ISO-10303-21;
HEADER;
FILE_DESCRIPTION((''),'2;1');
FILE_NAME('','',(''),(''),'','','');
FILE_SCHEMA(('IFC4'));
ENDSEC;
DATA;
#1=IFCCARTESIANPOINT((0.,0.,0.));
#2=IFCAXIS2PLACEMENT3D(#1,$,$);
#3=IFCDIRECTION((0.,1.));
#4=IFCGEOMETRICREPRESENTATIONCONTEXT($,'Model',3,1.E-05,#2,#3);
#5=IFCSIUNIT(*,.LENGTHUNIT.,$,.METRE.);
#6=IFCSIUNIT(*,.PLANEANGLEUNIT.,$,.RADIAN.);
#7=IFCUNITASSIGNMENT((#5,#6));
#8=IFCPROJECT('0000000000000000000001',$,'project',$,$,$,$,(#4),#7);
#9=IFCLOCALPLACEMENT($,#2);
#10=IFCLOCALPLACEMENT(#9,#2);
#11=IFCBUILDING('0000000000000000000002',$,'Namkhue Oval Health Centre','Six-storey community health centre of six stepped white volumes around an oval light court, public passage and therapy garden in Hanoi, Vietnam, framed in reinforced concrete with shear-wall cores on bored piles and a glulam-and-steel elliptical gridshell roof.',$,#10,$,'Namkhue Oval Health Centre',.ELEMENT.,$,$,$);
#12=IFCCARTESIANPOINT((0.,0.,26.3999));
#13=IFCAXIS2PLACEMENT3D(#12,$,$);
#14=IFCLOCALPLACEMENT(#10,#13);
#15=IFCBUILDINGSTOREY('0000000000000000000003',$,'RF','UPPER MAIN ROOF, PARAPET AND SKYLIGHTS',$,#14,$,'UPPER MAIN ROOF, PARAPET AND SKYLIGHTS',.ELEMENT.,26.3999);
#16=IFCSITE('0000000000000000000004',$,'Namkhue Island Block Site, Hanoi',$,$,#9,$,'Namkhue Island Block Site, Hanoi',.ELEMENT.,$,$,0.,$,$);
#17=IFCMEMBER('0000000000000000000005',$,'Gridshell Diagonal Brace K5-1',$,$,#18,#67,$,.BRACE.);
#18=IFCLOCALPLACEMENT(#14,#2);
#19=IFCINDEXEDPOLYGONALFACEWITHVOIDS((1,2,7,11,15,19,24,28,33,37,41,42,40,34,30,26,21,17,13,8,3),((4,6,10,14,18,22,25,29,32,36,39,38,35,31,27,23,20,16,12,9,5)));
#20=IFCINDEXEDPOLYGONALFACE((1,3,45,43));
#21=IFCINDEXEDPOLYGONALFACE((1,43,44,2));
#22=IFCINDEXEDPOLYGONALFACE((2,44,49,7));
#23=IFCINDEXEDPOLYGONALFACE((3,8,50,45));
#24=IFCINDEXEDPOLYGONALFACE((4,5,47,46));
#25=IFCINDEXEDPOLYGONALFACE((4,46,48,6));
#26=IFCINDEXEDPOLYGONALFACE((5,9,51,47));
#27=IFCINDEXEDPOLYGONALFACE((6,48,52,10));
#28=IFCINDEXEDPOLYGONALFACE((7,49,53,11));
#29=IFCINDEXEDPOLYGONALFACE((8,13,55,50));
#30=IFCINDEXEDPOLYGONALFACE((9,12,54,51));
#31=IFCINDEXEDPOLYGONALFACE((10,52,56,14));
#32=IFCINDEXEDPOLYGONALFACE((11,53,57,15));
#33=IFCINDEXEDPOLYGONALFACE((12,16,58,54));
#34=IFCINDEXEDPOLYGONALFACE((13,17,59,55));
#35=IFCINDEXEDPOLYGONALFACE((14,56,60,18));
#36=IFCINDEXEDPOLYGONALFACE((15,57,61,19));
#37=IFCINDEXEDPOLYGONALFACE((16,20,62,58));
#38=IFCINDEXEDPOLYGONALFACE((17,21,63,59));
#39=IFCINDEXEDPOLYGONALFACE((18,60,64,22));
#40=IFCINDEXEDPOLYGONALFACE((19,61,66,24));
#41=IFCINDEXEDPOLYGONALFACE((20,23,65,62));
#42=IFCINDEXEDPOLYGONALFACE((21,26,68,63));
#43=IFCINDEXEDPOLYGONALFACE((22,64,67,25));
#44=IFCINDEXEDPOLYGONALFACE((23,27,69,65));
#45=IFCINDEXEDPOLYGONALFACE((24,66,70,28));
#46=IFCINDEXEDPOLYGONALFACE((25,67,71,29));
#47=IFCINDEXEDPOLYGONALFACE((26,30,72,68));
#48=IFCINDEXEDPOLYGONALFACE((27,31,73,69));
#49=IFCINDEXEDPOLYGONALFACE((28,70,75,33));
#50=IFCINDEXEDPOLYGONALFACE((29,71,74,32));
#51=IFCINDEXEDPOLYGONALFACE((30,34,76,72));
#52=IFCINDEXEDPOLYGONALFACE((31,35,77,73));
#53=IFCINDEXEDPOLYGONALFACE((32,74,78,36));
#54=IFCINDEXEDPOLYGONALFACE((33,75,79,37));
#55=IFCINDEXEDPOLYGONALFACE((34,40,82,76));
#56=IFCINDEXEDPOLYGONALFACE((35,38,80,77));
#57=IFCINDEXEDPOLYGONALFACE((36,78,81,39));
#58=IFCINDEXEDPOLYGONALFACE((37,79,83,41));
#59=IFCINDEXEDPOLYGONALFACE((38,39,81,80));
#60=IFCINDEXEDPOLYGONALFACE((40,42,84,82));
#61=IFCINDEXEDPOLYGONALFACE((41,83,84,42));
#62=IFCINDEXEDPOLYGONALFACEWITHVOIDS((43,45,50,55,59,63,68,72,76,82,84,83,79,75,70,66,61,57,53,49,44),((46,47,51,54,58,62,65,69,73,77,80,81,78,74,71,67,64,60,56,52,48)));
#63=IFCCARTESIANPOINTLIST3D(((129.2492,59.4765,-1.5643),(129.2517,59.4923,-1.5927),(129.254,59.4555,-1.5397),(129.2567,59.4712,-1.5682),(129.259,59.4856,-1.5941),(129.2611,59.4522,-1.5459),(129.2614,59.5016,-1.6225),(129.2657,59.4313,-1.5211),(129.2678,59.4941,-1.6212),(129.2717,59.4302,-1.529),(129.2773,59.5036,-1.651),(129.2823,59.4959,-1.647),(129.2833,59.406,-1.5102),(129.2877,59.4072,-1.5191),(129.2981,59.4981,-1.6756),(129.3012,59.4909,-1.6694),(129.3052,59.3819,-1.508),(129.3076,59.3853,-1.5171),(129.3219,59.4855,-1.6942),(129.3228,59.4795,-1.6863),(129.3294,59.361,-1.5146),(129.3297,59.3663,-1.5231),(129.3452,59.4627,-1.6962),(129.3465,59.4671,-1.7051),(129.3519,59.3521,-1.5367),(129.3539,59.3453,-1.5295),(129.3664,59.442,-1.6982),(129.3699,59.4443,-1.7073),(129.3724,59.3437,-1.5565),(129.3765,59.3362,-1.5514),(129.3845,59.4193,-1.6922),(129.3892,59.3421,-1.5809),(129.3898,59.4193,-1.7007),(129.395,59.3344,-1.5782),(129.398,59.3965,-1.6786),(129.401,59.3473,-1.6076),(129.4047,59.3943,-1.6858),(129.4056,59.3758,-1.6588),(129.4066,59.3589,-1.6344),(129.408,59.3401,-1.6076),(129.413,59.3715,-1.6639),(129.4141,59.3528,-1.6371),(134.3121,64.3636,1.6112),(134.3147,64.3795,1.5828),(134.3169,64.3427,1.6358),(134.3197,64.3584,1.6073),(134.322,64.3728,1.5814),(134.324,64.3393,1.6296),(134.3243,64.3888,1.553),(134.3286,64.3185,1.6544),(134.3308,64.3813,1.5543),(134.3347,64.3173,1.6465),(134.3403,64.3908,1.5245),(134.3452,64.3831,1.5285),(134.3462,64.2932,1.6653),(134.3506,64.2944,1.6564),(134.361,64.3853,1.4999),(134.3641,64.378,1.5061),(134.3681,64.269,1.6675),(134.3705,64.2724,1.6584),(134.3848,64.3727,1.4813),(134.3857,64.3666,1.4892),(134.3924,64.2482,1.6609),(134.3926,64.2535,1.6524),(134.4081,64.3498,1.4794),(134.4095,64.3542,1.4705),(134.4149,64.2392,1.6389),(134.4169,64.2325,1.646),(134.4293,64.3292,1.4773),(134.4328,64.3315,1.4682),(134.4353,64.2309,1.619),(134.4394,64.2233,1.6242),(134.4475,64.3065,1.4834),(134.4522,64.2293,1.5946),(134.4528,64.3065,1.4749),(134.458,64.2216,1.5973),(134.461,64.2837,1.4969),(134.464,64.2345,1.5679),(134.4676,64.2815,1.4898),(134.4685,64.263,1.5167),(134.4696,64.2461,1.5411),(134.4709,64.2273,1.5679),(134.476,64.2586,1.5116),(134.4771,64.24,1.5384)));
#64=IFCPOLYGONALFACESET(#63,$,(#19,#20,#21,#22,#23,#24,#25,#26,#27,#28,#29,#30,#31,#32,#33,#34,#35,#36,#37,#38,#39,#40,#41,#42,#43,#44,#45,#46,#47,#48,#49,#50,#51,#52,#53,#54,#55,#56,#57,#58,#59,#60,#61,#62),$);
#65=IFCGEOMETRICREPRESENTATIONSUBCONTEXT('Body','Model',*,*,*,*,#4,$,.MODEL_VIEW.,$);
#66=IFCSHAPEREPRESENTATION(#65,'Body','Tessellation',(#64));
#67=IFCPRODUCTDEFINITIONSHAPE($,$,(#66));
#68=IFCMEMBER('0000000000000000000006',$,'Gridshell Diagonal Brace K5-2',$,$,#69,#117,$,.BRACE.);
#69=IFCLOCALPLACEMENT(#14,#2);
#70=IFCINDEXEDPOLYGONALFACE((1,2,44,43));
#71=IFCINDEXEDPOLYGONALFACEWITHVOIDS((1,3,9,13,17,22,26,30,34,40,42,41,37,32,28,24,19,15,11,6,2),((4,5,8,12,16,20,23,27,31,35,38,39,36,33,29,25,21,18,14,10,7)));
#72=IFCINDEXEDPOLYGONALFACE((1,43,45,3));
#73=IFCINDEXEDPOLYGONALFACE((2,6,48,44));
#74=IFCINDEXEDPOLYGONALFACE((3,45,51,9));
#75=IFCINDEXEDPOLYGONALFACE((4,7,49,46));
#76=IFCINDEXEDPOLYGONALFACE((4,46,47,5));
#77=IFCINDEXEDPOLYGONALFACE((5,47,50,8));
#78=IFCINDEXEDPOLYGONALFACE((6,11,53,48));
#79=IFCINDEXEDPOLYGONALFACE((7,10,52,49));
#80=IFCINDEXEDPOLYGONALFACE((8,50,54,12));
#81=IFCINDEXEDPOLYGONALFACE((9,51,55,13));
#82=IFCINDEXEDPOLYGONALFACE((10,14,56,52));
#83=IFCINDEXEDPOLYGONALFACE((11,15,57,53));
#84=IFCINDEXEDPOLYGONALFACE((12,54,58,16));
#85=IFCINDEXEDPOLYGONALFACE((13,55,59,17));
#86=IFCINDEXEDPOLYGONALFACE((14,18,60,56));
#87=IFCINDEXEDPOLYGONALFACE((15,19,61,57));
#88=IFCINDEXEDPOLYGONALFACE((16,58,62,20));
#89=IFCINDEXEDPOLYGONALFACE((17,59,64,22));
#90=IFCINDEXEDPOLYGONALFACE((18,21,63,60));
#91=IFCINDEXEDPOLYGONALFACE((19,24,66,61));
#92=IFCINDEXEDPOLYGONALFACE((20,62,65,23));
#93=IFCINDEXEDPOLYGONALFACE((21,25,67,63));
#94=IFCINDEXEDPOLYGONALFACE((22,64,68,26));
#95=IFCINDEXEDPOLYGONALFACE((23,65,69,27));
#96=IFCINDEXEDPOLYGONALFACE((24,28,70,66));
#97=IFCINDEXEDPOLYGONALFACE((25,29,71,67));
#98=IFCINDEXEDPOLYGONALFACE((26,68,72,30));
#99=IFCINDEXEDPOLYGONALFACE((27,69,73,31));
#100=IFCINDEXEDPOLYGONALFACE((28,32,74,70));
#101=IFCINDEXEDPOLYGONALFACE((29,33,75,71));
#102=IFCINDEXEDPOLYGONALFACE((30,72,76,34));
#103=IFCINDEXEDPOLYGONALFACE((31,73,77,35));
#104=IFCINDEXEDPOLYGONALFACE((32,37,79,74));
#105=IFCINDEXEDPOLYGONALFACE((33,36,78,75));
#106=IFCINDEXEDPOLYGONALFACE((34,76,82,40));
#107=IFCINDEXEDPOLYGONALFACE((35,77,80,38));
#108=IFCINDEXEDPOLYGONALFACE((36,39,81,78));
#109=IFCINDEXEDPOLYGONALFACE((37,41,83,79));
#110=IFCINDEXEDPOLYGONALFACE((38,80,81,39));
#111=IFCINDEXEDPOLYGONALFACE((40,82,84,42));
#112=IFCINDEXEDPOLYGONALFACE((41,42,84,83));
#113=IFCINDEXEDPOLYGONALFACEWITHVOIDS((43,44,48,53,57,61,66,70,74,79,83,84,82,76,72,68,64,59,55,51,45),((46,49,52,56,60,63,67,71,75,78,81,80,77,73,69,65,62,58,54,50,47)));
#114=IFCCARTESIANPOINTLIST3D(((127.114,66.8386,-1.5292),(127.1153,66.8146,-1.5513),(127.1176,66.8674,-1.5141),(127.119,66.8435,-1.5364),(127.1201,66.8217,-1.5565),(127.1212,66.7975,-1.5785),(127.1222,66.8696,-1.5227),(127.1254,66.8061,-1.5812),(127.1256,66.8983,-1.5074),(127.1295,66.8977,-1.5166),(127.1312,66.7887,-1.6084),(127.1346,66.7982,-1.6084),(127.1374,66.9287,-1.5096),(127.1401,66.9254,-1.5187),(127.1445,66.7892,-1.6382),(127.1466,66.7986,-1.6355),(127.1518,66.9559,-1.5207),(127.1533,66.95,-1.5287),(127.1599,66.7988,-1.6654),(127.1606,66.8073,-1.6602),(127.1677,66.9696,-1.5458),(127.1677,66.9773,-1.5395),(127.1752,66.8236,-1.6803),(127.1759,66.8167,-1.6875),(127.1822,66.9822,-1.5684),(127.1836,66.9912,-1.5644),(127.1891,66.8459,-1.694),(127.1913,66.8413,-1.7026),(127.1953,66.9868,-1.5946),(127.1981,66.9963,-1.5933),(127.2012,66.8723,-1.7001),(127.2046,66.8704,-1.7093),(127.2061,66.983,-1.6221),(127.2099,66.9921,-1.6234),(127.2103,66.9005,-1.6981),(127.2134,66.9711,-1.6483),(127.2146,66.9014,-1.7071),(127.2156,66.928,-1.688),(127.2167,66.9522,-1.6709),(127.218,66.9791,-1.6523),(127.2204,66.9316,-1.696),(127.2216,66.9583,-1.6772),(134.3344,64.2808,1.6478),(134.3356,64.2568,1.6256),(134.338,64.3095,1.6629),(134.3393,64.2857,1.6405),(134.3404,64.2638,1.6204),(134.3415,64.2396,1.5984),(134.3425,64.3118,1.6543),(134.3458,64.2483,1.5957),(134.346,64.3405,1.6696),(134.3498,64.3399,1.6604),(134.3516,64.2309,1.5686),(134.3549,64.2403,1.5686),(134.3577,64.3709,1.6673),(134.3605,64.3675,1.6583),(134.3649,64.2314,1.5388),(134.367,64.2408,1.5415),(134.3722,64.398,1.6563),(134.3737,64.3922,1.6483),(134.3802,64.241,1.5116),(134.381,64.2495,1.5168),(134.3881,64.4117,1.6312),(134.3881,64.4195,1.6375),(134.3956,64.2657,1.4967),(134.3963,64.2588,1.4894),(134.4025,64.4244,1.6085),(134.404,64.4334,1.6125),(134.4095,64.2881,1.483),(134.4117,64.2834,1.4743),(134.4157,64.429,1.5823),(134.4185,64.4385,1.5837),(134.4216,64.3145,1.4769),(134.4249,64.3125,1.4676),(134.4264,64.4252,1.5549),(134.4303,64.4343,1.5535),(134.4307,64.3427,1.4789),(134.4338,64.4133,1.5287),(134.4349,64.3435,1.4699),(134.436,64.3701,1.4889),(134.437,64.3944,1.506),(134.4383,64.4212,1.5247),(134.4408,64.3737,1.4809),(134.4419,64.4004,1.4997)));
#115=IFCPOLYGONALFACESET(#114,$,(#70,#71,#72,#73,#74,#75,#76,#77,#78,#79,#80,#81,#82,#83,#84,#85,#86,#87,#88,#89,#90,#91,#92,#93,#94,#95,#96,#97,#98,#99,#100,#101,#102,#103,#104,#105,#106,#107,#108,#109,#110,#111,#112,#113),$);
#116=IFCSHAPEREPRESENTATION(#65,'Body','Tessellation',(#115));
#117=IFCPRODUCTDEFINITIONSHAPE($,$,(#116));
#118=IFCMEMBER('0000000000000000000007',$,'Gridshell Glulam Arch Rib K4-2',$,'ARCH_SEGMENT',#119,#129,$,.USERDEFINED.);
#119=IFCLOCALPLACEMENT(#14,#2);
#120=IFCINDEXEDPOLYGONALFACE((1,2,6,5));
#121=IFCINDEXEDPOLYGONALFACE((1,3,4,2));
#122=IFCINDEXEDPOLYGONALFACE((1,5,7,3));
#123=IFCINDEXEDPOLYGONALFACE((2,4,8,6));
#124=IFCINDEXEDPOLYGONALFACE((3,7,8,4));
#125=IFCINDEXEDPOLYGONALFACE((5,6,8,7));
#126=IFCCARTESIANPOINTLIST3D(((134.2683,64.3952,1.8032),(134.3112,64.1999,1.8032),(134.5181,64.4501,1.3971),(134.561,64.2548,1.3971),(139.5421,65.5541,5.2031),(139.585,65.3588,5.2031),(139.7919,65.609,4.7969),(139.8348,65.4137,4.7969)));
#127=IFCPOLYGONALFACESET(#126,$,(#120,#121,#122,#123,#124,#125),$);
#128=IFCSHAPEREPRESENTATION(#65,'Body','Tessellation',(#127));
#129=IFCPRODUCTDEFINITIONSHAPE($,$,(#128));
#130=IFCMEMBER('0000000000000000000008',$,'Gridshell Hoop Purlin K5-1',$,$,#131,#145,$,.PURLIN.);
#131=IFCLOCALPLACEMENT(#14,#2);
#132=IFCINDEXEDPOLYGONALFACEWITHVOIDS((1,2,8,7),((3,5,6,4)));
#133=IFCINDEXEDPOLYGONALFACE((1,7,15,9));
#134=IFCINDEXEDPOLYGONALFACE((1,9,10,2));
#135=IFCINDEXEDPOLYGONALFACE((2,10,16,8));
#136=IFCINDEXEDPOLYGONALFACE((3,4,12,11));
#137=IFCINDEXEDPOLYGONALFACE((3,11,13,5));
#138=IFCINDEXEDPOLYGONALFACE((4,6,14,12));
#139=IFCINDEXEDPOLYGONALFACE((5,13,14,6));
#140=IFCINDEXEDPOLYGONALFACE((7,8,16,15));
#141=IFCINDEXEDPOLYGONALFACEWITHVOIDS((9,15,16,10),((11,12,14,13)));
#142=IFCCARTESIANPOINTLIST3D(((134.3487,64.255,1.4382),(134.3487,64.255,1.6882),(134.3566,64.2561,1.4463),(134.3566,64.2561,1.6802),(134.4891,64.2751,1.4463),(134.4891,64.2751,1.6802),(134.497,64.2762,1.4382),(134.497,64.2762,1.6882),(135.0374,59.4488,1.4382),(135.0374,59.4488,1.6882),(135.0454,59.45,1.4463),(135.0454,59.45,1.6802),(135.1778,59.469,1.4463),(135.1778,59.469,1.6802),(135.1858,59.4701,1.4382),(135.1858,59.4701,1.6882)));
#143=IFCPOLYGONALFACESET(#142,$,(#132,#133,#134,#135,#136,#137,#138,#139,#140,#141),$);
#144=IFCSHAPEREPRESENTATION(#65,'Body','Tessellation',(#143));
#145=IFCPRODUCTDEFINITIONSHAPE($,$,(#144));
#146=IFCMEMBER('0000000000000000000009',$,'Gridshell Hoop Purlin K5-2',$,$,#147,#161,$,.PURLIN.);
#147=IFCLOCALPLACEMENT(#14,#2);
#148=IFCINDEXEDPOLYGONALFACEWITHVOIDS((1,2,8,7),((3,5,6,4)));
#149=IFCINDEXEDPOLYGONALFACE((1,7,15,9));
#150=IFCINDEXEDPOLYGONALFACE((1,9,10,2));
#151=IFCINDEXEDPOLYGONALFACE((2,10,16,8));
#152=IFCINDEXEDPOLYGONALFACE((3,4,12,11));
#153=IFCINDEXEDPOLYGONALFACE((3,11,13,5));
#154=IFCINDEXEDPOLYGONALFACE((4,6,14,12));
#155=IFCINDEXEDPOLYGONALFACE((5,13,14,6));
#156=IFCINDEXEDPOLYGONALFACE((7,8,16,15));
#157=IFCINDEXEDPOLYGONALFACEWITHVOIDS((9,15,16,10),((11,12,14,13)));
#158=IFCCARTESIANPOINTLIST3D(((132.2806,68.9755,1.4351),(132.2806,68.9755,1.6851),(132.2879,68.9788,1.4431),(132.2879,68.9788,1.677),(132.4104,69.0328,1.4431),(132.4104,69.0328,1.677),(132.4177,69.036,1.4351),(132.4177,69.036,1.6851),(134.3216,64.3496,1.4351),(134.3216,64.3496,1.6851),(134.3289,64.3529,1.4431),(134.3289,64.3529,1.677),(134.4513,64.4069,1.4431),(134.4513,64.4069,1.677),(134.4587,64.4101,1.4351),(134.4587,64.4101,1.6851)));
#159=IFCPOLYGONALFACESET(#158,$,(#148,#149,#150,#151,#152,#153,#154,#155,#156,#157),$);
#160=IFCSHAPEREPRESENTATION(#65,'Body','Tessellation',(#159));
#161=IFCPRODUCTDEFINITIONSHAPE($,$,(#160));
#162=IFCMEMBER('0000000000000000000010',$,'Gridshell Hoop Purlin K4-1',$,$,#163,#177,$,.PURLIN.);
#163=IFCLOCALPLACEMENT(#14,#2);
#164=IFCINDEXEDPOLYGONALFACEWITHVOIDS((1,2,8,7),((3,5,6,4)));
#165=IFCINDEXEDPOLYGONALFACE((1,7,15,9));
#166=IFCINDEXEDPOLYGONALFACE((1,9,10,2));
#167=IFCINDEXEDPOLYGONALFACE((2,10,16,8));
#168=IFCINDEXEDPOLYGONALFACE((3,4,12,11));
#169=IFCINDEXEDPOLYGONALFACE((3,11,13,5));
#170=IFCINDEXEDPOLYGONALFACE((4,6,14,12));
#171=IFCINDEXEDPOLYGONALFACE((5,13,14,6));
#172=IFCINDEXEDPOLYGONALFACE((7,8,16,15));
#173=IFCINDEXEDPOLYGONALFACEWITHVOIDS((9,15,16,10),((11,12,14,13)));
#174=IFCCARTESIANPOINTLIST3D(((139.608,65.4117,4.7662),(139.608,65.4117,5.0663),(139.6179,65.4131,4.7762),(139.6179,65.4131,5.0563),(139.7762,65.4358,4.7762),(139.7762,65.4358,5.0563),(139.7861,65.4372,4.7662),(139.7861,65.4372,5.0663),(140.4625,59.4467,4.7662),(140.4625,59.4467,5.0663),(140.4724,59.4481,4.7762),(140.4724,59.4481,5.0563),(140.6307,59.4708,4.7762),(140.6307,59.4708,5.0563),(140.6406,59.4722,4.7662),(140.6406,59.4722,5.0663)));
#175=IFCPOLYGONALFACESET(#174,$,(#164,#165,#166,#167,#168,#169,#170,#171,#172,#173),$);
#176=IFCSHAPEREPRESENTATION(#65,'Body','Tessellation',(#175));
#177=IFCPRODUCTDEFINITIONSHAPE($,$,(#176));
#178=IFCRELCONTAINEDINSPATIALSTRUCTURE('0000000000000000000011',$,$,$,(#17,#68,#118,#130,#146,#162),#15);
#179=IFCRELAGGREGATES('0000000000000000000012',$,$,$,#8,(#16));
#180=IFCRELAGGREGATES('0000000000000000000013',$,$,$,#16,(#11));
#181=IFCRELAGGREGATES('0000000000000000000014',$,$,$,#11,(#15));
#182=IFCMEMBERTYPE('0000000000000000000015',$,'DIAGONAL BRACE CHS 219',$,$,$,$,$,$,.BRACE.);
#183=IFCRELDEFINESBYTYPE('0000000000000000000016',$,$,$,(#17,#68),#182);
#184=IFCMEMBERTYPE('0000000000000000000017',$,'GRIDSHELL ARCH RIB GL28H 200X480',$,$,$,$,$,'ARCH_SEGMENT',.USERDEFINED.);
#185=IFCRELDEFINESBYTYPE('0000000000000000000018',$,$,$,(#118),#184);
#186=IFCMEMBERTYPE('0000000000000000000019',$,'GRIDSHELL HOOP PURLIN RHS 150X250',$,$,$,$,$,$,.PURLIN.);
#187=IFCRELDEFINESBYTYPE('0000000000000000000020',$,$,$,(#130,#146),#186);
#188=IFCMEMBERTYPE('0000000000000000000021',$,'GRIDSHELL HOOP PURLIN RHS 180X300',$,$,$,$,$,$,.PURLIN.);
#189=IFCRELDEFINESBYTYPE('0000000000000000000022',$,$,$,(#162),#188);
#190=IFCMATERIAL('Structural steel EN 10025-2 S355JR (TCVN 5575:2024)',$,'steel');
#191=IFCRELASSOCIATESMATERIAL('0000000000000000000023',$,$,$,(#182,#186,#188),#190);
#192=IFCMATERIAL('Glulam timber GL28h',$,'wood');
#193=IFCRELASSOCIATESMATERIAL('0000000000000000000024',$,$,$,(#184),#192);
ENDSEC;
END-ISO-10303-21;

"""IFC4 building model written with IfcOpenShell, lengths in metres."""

from ifc_helpers import new_model, si_unit, direction, frame, origin, origin_2d, place, context, subcontext, project, spatial, rectangle, hollow_rectangle, hollow_circle, extrude, material, material_profile, profile_set, type_object, element, save


model = new_model("IFC4")

# Units and contexts
model_context = context("Model", 3, precision=1e-05, world=origin(), true_north=direction((0.0, 1.0)))
body_context = subcontext(model_context, "Body", "Model", "MODEL_VIEW")
ifc_project = project(units=[si_unit("LENGTHUNIT", "METRE"), si_unit("PLANEANGLEUNIT", "RADIAN")], contexts=[model_context])

# Site, building, storey
site_placement = place(None, origin())
site = spatial("IfcSite", under=ifc_project, at=site_placement, Name="Namkhue Island Block Site, Hanoi", LongName="Namkhue Island Block Site, Hanoi", CompositionType="ELEMENT", RefElevation=0.0)
building_placement = place(site_placement, origin())
building = spatial("IfcBuilding", under=site, at=building_placement, Name="Namkhue Oval Health Centre", Description="Six-storey community health centre of six stepped white volumes around an oval light court, public passage and therapy garden in Hanoi, Vietnam, framed in reinforced concrete with shear-wall cores on bored piles and a glulam-and-steel elliptical gridshell roof.", LongName="Namkhue Oval Health Centre", CompositionType="ELEMENT")
storey_placement = place(building_placement, frame((0.0, 0.0, 26.3999)))
storey = spatial("IfcBuildingStorey", under=building, at=storey_placement, Name="RF", Description="UPPER MAIN ROOF, PARAPET AND SKYLIGHTS", LongName="UPPER MAIN ROOF, PARAPET AND SKYLIGHTS", CompositionType="ELEMENT", Elevation=26.3999)

# Members
ifc_material_1 = material(Name="Structural steel EN 10025-2 S355JR (TCVN 5575:2024)", Category="steel")
ifc_material_profile_1 = material_profile(ifc_material_1, hollow_circle(Radius=0.1096, WallThickness=0.01, at=origin_2d()), Name="CHS 219.1x10")
ifc_profile_set_1 = profile_set([ifc_material_profile_1], Name="Structural steel EN 10025-2 S355JR (TCVN 5575:2024)")
member_type_1 = type_object("IfcMemberType", Name="DIAGONAL BRACE CHS 219", PredefinedType="BRACE", material=ifc_profile_set_1)
member_1_placement = place(storey_placement, frame((134.3948, 64.3062, 1.5679), z_axis=(-0.655804, -0.633035, -0.411324), x_axis=(0.694507, -0.719486, 0.0)))
element("IfcMember", 1, at=member_1_placement, inside=storey, type_object=member_type_1, Name="Gridshell Diagonal Brace K5-1", PredefinedType="BRACE", context=body_context, shape_type="SweptSolid", body=[
    extrude(hollow_circle(Radius=0.1096, WallThickness=0.01, at=origin_2d()), origin(), (0.0, 0.0, 1.0), 7.7202),
])
member_2_placement = place(storey_placement, frame((134.3882, 64.3342, 1.5686), z_axis=(-0.870687, 0.308443, -0.383102), x_axis=(-0.333919, -0.942602, 0.0)))
element("IfcMember", 2, at=member_2_placement, inside=storey, type_object=member_type_1, Name="Gridshell Diagonal Brace K5-2", PredefinedType="BRACE", context=body_context, shape_type="SweptSolid", body=[
    extrude(hollow_circle(Radius=0.1096, WallThickness=0.01, at=origin_2d()), origin(), (0.0, 0.0, 1.0), 8.2927),
])
ifc_material_2 = material(Name="Glulam timber GL28h", Category="wood")
ifc_material_profile_2 = material_profile(ifc_material_2, rectangle(XDim=0.2, YDim=0.48, at=origin_2d()), Name="GL28h 200x480")
ifc_profile_set_2 = profile_set([ifc_material_profile_2], Name="Glulam timber GL28h")
member_type_2 = type_object("IfcMemberType", Name="GRIDSHELL ARCH RIB GL28H 200X480", ElementType="ARCH_SEGMENT", PredefinedType="USERDEFINED", material=ifc_profile_set_2)
member_3_placement = place(storey_placement, frame((139.6885, 65.4839, 5.0), z_axis=(-0.826509, -0.181624, -0.532819), x_axis=(0.214627, -0.976696, 0.0)))
element("IfcMember", 3, at=member_3_placement, inside=storey, type_object=member_type_2, Name="Gridshell Glulam Arch Rib K4-2", ObjectType="ARCH_SEGMENT", PredefinedType="USERDEFINED", context=body_context, shape_type="SweptSolid", body=[
    extrude(rectangle(XDim=0.2, YDim=0.48, at=origin_2d()), origin(), (0.0, 0.0, 1.0), 6.3809),
])
ifc_material_profile_3 = material_profile(ifc_material_1, hollow_rectangle(XDim=0.1499, YDim=0.25, WallThickness=0.0081, at=origin_2d()), Name="RHS 150x250x8")
ifc_profile_set_3 = profile_set([ifc_material_profile_3], Name="Structural steel EN 10025-2 S355JR (TCVN 5575:2024)")
member_type_3 = type_object("IfcMemberType", Name="GRIDSHELL HOOP PURLIN RHS 150X250", PredefinedType="PURLIN", material=ifc_profile_set_3)
member_4_placement = place(storey_placement, frame((135.1116, 59.4595, 1.5632), z_axis=(-0.141851, 0.989888, 0.0), x_axis=(-0.989888, -0.141851, 0.0)))
element("IfcMember", 4, at=member_4_placement, inside=storey, type_object=member_type_3, Name="Gridshell Hoop Purlin K5-1", PredefinedType="PURLIN", context=body_context, shape_type="SweptSolid", body=[
    extrude(hollow_rectangle(XDim=0.1499, YDim=0.25, WallThickness=0.0081, at=origin_2d()), origin(), (0.0, 0.0, 1.0), 4.8552),
])
member_5_placement = place(storey_placement, frame((134.3901, 64.3799, 1.5601), z_axis=(-0.403664, 0.914907, 0.0), x_axis=(-0.914907, -0.403664, 0.0)))
element("IfcMember", 5, at=member_5_placement, inside=storey, type_object=member_type_3, Name="Gridshell Hoop Purlin K5-2", PredefinedType="PURLIN", context=body_context, shape_type="SweptSolid", body=[
    extrude(hollow_rectangle(XDim=0.1499, YDim=0.25, WallThickness=0.0081, at=origin_2d()), origin(), (0.0, 0.0, 1.0), 5.0562),
])
ifc_material_profile_4 = material_profile(ifc_material_1, hollow_rectangle(XDim=0.1799, YDim=0.3, WallThickness=0.01, at=origin_2d()), Name="RHS 180x300x10")
ifc_profile_set_4 = profile_set([ifc_material_profile_4], Name="Structural steel EN 10025-2 S355JR (TCVN 5575:2024)")
member_type_4 = type_object("IfcMemberType", Name="GRIDSHELL HOOP PURLIN RHS 180X300", PredefinedType="PURLIN", material=ifc_profile_set_4)
member_6_placement = place(storey_placement, frame((140.5515, 59.4595, 4.9163), z_axis=(-0.141801, 0.989895, 0.0), x_axis=(-0.989895, -0.141801, 0.0)))
element("IfcMember", 6, at=member_6_placement, inside=storey, type_object=member_type_4, Name="Gridshell Hoop Purlin K4-1", PredefinedType="PURLIN", context=body_context, shape_type="SweptSolid", body=[
    extrude(hollow_rectangle(XDim=0.1799, YDim=0.3, WallThickness=0.01, at=origin_2d()), origin(), (0.0, 0.0, 1.0), 6.0259),
])

save(model, "model.ifc")
